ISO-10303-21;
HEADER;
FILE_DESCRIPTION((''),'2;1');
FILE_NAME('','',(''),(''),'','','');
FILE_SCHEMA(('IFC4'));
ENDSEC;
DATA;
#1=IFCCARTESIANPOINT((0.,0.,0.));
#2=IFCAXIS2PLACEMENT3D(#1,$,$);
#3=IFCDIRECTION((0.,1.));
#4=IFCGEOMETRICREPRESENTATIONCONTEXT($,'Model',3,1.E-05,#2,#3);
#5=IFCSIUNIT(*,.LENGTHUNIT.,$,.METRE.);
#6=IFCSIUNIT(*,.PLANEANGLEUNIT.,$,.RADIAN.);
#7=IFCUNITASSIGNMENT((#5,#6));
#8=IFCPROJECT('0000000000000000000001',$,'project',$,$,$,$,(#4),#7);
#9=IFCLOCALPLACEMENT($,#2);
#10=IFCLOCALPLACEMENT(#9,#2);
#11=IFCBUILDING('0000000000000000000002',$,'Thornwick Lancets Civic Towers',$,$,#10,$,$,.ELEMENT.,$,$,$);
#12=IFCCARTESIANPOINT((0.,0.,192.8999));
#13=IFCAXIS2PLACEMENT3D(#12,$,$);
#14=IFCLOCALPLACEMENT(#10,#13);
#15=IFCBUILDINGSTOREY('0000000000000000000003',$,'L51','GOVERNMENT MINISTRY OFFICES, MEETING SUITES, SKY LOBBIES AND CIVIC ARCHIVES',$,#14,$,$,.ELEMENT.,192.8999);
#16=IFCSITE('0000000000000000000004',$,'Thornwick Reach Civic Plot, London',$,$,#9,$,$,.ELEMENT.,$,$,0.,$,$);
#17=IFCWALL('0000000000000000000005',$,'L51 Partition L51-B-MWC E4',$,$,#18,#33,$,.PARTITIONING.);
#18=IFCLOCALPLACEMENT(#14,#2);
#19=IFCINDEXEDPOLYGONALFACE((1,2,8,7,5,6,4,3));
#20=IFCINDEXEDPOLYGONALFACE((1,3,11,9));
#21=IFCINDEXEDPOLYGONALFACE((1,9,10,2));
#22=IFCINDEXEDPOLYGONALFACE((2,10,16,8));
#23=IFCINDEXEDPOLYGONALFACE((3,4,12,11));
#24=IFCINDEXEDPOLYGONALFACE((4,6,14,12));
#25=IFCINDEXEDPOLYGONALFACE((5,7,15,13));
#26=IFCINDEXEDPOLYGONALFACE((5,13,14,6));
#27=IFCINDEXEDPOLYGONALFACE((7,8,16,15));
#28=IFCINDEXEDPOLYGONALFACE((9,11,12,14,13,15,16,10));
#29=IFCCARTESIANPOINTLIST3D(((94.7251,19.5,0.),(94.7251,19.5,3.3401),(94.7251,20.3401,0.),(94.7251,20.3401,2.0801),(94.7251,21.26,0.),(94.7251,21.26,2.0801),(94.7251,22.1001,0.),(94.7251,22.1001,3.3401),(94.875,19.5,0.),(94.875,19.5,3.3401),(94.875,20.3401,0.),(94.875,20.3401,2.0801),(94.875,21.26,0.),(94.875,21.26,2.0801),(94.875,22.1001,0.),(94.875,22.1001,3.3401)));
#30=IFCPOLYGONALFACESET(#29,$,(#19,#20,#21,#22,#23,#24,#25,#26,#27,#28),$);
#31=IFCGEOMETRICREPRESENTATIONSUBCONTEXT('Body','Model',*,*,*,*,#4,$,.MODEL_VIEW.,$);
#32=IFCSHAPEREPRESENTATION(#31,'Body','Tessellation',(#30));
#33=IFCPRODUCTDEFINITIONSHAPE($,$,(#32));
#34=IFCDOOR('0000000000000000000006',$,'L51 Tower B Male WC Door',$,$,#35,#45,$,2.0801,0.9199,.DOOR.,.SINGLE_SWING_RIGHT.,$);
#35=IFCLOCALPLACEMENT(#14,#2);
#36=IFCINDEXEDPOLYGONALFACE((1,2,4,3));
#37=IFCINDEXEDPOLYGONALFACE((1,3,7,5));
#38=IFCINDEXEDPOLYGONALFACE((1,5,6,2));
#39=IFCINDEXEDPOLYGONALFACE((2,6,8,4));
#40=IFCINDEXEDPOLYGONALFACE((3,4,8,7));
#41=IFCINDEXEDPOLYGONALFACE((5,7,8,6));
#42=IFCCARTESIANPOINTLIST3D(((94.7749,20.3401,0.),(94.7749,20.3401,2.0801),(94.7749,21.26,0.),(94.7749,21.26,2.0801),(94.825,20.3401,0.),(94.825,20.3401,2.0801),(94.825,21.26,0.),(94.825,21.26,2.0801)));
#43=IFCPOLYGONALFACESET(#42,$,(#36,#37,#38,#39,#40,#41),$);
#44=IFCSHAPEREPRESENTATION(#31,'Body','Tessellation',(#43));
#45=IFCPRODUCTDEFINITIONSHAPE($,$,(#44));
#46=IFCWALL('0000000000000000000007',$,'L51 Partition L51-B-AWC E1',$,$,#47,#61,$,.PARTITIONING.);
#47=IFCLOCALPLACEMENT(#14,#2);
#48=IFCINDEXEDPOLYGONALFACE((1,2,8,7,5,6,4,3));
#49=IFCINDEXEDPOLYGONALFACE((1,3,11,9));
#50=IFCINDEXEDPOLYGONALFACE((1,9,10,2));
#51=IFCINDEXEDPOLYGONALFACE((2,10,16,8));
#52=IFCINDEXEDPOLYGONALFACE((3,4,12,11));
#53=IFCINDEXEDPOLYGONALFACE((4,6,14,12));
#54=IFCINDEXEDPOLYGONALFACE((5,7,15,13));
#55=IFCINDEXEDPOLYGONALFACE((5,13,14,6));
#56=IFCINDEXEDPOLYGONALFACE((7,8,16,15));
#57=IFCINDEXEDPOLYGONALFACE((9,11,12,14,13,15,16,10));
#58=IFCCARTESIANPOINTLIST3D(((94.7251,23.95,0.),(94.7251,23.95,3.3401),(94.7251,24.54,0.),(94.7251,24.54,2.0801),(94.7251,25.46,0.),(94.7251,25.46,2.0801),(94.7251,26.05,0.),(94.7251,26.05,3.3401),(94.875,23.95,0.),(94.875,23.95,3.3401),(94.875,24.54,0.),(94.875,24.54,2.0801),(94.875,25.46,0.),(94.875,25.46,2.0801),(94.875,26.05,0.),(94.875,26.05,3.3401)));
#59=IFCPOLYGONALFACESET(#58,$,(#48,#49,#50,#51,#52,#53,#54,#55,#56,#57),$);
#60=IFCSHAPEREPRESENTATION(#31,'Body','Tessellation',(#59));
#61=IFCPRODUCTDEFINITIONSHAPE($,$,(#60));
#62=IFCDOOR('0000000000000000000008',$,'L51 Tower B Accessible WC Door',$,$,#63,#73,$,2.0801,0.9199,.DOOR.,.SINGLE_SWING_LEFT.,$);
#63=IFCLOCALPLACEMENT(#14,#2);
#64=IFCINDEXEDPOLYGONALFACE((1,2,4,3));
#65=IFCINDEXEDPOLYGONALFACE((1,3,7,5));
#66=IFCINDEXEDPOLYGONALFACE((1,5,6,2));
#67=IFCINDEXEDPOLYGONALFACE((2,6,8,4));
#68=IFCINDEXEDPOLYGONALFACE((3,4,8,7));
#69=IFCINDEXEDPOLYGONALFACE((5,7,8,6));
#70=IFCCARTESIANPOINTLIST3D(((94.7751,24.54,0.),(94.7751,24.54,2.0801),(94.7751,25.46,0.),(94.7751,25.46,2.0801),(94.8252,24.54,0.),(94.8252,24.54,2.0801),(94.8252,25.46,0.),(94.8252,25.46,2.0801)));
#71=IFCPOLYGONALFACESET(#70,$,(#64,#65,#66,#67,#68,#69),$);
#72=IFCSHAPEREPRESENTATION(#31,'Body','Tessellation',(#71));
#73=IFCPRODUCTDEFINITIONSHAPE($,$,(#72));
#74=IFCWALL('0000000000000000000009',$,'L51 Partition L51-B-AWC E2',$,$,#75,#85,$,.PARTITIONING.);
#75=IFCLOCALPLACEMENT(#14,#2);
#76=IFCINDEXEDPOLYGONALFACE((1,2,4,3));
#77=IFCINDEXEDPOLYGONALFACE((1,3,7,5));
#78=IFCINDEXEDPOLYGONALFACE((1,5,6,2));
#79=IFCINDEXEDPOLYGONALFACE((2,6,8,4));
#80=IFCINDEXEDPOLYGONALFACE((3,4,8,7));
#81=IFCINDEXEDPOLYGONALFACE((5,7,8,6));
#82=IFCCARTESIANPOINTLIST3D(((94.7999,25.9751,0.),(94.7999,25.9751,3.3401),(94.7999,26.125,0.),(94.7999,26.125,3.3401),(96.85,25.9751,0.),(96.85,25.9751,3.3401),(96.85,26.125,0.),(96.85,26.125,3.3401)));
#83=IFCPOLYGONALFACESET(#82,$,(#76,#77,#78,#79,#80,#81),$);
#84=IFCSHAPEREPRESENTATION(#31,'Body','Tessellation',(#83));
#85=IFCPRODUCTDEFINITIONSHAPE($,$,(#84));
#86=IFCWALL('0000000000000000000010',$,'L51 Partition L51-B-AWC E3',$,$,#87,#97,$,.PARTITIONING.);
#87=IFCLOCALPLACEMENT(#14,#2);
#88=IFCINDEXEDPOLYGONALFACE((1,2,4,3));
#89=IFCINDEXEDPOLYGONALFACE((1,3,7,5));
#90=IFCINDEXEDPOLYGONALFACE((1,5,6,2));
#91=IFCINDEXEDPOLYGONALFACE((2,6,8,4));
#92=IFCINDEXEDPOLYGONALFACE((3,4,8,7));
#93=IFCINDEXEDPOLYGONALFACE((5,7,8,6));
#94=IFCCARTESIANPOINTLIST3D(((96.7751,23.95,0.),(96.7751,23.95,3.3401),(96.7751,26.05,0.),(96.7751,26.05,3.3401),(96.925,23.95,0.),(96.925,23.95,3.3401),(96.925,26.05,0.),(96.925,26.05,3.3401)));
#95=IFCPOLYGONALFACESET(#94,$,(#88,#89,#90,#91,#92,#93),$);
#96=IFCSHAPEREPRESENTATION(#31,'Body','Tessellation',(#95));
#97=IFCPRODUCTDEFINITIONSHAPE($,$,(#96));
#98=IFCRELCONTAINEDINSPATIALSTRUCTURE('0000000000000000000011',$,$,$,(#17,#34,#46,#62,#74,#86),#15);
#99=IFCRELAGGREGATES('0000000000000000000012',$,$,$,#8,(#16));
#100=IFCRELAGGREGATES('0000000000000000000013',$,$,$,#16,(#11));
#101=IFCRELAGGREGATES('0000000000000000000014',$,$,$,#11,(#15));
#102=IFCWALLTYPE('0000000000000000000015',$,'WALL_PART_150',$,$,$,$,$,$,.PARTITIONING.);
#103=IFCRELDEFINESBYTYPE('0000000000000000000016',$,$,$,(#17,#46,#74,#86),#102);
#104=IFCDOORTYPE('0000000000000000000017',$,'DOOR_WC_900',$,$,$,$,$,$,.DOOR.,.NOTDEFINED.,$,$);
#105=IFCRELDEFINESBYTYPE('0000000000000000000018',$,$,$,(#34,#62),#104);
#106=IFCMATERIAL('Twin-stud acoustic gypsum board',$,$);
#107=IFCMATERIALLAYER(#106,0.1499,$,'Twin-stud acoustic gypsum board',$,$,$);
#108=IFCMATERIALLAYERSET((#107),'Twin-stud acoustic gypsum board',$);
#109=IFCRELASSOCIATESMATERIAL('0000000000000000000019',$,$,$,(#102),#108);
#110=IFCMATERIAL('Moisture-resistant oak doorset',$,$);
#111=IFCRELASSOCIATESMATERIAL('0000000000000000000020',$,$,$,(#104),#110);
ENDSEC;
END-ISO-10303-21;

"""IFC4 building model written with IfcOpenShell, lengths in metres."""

from ifc_helpers import new_model, si_unit, direction, frame, frame_2d, origin, place, context, subcontext, project, spatial, rectangle, extrude, material, layer, layer_set, type_object, element, fill, save


model = new_model("IFC4")

# Units and contexts
model_context = context("Model", 3, precision=1e-05, world=origin(), true_north=direction((0.0, 1.0)))
body_context = subcontext(model_context, "Body", "Model", "MODEL_VIEW")
ifc_project = project(units=[si_unit("LENGTHUNIT", "METRE"), si_unit("PLANEANGLEUNIT", "RADIAN")], contexts=[model_context])

# Site, building, storey
site_placement = place(None, origin())
site = spatial("IfcSite", under=ifc_project, at=site_placement, Name="Thornwick Reach Civic Plot, London", CompositionType="ELEMENT", RefElevation=0.0)
building_placement = place(site_placement, origin())
building = spatial("IfcBuilding", under=site, at=building_placement, Name="Thornwick Lancets Civic Towers", CompositionType="ELEMENT")
storey_placement = place(building_placement, frame((0.0, 0.0, 192.8999)))
storey = spatial("IfcBuildingStorey", under=building, at=storey_placement, Name="L51", Description="GOVERNMENT MINISTRY OFFICES, MEETING SUITES, SKY LOBBIES AND CIVIC ARCHIVES", CompositionType="ELEMENT", Elevation=192.8999)

# Shared definitions
ifc_material_1 = material(Name="Twin-stud acoustic gypsum board")
ifc_layer_1 = layer(ifc_material_1, 0.1499, Name="Twin-stud acoustic gypsum board")
ifc_layer_set_1 = layer_set([ifc_layer_1], Name="Twin-stud acoustic gypsum board")
wall_type_1 = type_object("IfcWallType", Name="WALL_PART_150", PredefinedType="PARTITIONING", material=ifc_layer_set_1)

# Walls, openings, doors
wall_1_placement = place(storey_placement, frame((94.8, 22.1001, 0.0), z_axis=(0.0, 0.0, 1.0), x_axis=(0.0, -1.0, 0.0)))
wall_1 = element("IfcWall", 1, at=wall_1_placement, inside=storey, type_object=wall_type_1, Name="L51 Partition L51-B-MWC E4", PredefinedType="PARTITIONING", context=body_context, shape_type="SweptSolid", body=[
    extrude(rectangle(XDim=2.6001, YDim=0.1499, at=frame_2d((1.3, 0.0))), origin(), (0.0, 0.0, 1.0), 3.3401),
])
opening_1_placement = place(wall_1_placement, frame((0.8401, 0.0, 0.0)))
opening_1 = element("IfcOpeningElement", 2, at=opening_1_placement, cuts=wall_1, PredefinedType="OPENING", context=body_context, shape_type="SweptSolid", body=[
    extrude(rectangle(XDim=0.9199, YDim=2.0801, at=frame_2d((0.46, 1.04))), frame((0.0, 0.085, 0.0), z_axis=(0.0, -1.0, 0.0), x_axis=(1.0, 0.0, 0.0)), (0.0, 0.0, 1.0), 0.1699),
])
ifc_material_2 = material(Name="Moisture-resistant oak doorset")
door_type_1 = type_object("IfcDoorType", Name="DOOR_WC_900", OperationType="NOTDEFINED", PredefinedType="DOOR", material=ifc_material_2)
door_1_placement = place(opening_1_placement, origin())
door_1 = element("IfcDoor", 3, at=door_1_placement, inside=storey, type_object=door_type_1, Name="L51 Tower B Male WC Door", OperationType="SINGLE_SWING_RIGHT", OverallHeight=2.0801, OverallWidth=0.9199, PredefinedType="DOOR", context=body_context, shape_type="SweptSolid", body=[
    extrude(rectangle(XDim=0.9199, YDim=2.0801, at=frame_2d((0.46, 1.04))), frame((0.0, 0.0249, 0.0), z_axis=(0.0, -1.0, 0.0), x_axis=(1.0, 0.0, 0.0)), (0.0, 0.0, 1.0), 0.05),
])
fill(opening_1, door_1)
wall_2_placement = place(storey_placement, frame((94.8, 23.95, 0.0), z_axis=(0.0, 0.0, 1.0), x_axis=(0.0, 1.0, 0.0)))
wall_2 = element("IfcWall", 4, at=wall_2_placement, inside=storey, type_object=wall_type_1, Name="L51 Partition L51-B-AWC E1", PredefinedType="PARTITIONING", context=body_context, shape_type="SweptSolid", body=[
    extrude(rectangle(XDim=2.1001, YDim=0.1499, at=frame_2d((1.05, 0.0))), origin(), (0.0, 0.0, 1.0), 3.3401),
])
opening_2_placement = place(wall_2_placement, frame((0.5901, 0.0, 0.0)))
opening_2 = element("IfcOpeningElement", 5, at=opening_2_placement, cuts=wall_2, PredefinedType="OPENING", context=body_context, shape_type="SweptSolid", body=[
    extrude(rectangle(XDim=0.9199, YDim=2.0801, at=frame_2d((0.46, 1.04))), frame((0.0, 0.085, 0.0), z_axis=(0.0, -1.0, 0.0), x_axis=(1.0, 0.0, 0.0)), (0.0, 0.0, 1.0), 0.1699),
])
door_2_placement = place(opening_2_placement, origin())
door_2 = element("IfcDoor", 6, at=door_2_placement, inside=storey, type_object=door_type_1, Name="L51 Tower B Accessible WC Door", OperationType="SINGLE_SWING_LEFT", OverallHeight=2.0801, OverallWidth=0.9199, PredefinedType="DOOR", context=body_context, shape_type="SweptSolid", body=[
    extrude(rectangle(XDim=0.9199, YDim=2.0801, at=frame_2d((0.46, 1.04))), frame((0.0, 0.0249, 0.0), z_axis=(0.0, -1.0, 0.0), x_axis=(1.0, 0.0, 0.0)), (0.0, 0.0, 1.0), 0.05),
])
fill(opening_2, door_2)

# Walls
wall_3_placement = place(storey_placement, frame((94.8, 26.05, 0.0), z_axis=(0.0, 0.0, 1.0), x_axis=(1.0, 0.0, 0.0)))
element("IfcWall", 7, at=wall_3_placement, inside=storey, type_object=wall_type_1, Name="L51 Partition L51-B-AWC E2", PredefinedType="PARTITIONING", context=body_context, shape_type="SweptSolid", body=[
    extrude(rectangle(XDim=2.05, YDim=0.1499, at=frame_2d((1.0249, 0.0))), origin(), (0.0, 0.0, 1.0), 3.3401),
])
wall_4_placement = place(storey_placement, frame((96.8501, 26.05, 0.0), z_axis=(0.0, 0.0, 1.0), x_axis=(0.0, -1.0, 0.0)))
element("IfcWall", 8, at=wall_4_placement, inside=storey, type_object=wall_type_1, Name="L51 Partition L51-B-AWC E3", PredefinedType="PARTITIONING", context=body_context, shape_type="SweptSolid", body=[
    extrude(rectangle(XDim=2.1001, YDim=0.1499, at=frame_2d((1.05, 0.0))), origin(), (0.0, 0.0, 1.0), 3.3401),
])

save(model, "model.ifc")
